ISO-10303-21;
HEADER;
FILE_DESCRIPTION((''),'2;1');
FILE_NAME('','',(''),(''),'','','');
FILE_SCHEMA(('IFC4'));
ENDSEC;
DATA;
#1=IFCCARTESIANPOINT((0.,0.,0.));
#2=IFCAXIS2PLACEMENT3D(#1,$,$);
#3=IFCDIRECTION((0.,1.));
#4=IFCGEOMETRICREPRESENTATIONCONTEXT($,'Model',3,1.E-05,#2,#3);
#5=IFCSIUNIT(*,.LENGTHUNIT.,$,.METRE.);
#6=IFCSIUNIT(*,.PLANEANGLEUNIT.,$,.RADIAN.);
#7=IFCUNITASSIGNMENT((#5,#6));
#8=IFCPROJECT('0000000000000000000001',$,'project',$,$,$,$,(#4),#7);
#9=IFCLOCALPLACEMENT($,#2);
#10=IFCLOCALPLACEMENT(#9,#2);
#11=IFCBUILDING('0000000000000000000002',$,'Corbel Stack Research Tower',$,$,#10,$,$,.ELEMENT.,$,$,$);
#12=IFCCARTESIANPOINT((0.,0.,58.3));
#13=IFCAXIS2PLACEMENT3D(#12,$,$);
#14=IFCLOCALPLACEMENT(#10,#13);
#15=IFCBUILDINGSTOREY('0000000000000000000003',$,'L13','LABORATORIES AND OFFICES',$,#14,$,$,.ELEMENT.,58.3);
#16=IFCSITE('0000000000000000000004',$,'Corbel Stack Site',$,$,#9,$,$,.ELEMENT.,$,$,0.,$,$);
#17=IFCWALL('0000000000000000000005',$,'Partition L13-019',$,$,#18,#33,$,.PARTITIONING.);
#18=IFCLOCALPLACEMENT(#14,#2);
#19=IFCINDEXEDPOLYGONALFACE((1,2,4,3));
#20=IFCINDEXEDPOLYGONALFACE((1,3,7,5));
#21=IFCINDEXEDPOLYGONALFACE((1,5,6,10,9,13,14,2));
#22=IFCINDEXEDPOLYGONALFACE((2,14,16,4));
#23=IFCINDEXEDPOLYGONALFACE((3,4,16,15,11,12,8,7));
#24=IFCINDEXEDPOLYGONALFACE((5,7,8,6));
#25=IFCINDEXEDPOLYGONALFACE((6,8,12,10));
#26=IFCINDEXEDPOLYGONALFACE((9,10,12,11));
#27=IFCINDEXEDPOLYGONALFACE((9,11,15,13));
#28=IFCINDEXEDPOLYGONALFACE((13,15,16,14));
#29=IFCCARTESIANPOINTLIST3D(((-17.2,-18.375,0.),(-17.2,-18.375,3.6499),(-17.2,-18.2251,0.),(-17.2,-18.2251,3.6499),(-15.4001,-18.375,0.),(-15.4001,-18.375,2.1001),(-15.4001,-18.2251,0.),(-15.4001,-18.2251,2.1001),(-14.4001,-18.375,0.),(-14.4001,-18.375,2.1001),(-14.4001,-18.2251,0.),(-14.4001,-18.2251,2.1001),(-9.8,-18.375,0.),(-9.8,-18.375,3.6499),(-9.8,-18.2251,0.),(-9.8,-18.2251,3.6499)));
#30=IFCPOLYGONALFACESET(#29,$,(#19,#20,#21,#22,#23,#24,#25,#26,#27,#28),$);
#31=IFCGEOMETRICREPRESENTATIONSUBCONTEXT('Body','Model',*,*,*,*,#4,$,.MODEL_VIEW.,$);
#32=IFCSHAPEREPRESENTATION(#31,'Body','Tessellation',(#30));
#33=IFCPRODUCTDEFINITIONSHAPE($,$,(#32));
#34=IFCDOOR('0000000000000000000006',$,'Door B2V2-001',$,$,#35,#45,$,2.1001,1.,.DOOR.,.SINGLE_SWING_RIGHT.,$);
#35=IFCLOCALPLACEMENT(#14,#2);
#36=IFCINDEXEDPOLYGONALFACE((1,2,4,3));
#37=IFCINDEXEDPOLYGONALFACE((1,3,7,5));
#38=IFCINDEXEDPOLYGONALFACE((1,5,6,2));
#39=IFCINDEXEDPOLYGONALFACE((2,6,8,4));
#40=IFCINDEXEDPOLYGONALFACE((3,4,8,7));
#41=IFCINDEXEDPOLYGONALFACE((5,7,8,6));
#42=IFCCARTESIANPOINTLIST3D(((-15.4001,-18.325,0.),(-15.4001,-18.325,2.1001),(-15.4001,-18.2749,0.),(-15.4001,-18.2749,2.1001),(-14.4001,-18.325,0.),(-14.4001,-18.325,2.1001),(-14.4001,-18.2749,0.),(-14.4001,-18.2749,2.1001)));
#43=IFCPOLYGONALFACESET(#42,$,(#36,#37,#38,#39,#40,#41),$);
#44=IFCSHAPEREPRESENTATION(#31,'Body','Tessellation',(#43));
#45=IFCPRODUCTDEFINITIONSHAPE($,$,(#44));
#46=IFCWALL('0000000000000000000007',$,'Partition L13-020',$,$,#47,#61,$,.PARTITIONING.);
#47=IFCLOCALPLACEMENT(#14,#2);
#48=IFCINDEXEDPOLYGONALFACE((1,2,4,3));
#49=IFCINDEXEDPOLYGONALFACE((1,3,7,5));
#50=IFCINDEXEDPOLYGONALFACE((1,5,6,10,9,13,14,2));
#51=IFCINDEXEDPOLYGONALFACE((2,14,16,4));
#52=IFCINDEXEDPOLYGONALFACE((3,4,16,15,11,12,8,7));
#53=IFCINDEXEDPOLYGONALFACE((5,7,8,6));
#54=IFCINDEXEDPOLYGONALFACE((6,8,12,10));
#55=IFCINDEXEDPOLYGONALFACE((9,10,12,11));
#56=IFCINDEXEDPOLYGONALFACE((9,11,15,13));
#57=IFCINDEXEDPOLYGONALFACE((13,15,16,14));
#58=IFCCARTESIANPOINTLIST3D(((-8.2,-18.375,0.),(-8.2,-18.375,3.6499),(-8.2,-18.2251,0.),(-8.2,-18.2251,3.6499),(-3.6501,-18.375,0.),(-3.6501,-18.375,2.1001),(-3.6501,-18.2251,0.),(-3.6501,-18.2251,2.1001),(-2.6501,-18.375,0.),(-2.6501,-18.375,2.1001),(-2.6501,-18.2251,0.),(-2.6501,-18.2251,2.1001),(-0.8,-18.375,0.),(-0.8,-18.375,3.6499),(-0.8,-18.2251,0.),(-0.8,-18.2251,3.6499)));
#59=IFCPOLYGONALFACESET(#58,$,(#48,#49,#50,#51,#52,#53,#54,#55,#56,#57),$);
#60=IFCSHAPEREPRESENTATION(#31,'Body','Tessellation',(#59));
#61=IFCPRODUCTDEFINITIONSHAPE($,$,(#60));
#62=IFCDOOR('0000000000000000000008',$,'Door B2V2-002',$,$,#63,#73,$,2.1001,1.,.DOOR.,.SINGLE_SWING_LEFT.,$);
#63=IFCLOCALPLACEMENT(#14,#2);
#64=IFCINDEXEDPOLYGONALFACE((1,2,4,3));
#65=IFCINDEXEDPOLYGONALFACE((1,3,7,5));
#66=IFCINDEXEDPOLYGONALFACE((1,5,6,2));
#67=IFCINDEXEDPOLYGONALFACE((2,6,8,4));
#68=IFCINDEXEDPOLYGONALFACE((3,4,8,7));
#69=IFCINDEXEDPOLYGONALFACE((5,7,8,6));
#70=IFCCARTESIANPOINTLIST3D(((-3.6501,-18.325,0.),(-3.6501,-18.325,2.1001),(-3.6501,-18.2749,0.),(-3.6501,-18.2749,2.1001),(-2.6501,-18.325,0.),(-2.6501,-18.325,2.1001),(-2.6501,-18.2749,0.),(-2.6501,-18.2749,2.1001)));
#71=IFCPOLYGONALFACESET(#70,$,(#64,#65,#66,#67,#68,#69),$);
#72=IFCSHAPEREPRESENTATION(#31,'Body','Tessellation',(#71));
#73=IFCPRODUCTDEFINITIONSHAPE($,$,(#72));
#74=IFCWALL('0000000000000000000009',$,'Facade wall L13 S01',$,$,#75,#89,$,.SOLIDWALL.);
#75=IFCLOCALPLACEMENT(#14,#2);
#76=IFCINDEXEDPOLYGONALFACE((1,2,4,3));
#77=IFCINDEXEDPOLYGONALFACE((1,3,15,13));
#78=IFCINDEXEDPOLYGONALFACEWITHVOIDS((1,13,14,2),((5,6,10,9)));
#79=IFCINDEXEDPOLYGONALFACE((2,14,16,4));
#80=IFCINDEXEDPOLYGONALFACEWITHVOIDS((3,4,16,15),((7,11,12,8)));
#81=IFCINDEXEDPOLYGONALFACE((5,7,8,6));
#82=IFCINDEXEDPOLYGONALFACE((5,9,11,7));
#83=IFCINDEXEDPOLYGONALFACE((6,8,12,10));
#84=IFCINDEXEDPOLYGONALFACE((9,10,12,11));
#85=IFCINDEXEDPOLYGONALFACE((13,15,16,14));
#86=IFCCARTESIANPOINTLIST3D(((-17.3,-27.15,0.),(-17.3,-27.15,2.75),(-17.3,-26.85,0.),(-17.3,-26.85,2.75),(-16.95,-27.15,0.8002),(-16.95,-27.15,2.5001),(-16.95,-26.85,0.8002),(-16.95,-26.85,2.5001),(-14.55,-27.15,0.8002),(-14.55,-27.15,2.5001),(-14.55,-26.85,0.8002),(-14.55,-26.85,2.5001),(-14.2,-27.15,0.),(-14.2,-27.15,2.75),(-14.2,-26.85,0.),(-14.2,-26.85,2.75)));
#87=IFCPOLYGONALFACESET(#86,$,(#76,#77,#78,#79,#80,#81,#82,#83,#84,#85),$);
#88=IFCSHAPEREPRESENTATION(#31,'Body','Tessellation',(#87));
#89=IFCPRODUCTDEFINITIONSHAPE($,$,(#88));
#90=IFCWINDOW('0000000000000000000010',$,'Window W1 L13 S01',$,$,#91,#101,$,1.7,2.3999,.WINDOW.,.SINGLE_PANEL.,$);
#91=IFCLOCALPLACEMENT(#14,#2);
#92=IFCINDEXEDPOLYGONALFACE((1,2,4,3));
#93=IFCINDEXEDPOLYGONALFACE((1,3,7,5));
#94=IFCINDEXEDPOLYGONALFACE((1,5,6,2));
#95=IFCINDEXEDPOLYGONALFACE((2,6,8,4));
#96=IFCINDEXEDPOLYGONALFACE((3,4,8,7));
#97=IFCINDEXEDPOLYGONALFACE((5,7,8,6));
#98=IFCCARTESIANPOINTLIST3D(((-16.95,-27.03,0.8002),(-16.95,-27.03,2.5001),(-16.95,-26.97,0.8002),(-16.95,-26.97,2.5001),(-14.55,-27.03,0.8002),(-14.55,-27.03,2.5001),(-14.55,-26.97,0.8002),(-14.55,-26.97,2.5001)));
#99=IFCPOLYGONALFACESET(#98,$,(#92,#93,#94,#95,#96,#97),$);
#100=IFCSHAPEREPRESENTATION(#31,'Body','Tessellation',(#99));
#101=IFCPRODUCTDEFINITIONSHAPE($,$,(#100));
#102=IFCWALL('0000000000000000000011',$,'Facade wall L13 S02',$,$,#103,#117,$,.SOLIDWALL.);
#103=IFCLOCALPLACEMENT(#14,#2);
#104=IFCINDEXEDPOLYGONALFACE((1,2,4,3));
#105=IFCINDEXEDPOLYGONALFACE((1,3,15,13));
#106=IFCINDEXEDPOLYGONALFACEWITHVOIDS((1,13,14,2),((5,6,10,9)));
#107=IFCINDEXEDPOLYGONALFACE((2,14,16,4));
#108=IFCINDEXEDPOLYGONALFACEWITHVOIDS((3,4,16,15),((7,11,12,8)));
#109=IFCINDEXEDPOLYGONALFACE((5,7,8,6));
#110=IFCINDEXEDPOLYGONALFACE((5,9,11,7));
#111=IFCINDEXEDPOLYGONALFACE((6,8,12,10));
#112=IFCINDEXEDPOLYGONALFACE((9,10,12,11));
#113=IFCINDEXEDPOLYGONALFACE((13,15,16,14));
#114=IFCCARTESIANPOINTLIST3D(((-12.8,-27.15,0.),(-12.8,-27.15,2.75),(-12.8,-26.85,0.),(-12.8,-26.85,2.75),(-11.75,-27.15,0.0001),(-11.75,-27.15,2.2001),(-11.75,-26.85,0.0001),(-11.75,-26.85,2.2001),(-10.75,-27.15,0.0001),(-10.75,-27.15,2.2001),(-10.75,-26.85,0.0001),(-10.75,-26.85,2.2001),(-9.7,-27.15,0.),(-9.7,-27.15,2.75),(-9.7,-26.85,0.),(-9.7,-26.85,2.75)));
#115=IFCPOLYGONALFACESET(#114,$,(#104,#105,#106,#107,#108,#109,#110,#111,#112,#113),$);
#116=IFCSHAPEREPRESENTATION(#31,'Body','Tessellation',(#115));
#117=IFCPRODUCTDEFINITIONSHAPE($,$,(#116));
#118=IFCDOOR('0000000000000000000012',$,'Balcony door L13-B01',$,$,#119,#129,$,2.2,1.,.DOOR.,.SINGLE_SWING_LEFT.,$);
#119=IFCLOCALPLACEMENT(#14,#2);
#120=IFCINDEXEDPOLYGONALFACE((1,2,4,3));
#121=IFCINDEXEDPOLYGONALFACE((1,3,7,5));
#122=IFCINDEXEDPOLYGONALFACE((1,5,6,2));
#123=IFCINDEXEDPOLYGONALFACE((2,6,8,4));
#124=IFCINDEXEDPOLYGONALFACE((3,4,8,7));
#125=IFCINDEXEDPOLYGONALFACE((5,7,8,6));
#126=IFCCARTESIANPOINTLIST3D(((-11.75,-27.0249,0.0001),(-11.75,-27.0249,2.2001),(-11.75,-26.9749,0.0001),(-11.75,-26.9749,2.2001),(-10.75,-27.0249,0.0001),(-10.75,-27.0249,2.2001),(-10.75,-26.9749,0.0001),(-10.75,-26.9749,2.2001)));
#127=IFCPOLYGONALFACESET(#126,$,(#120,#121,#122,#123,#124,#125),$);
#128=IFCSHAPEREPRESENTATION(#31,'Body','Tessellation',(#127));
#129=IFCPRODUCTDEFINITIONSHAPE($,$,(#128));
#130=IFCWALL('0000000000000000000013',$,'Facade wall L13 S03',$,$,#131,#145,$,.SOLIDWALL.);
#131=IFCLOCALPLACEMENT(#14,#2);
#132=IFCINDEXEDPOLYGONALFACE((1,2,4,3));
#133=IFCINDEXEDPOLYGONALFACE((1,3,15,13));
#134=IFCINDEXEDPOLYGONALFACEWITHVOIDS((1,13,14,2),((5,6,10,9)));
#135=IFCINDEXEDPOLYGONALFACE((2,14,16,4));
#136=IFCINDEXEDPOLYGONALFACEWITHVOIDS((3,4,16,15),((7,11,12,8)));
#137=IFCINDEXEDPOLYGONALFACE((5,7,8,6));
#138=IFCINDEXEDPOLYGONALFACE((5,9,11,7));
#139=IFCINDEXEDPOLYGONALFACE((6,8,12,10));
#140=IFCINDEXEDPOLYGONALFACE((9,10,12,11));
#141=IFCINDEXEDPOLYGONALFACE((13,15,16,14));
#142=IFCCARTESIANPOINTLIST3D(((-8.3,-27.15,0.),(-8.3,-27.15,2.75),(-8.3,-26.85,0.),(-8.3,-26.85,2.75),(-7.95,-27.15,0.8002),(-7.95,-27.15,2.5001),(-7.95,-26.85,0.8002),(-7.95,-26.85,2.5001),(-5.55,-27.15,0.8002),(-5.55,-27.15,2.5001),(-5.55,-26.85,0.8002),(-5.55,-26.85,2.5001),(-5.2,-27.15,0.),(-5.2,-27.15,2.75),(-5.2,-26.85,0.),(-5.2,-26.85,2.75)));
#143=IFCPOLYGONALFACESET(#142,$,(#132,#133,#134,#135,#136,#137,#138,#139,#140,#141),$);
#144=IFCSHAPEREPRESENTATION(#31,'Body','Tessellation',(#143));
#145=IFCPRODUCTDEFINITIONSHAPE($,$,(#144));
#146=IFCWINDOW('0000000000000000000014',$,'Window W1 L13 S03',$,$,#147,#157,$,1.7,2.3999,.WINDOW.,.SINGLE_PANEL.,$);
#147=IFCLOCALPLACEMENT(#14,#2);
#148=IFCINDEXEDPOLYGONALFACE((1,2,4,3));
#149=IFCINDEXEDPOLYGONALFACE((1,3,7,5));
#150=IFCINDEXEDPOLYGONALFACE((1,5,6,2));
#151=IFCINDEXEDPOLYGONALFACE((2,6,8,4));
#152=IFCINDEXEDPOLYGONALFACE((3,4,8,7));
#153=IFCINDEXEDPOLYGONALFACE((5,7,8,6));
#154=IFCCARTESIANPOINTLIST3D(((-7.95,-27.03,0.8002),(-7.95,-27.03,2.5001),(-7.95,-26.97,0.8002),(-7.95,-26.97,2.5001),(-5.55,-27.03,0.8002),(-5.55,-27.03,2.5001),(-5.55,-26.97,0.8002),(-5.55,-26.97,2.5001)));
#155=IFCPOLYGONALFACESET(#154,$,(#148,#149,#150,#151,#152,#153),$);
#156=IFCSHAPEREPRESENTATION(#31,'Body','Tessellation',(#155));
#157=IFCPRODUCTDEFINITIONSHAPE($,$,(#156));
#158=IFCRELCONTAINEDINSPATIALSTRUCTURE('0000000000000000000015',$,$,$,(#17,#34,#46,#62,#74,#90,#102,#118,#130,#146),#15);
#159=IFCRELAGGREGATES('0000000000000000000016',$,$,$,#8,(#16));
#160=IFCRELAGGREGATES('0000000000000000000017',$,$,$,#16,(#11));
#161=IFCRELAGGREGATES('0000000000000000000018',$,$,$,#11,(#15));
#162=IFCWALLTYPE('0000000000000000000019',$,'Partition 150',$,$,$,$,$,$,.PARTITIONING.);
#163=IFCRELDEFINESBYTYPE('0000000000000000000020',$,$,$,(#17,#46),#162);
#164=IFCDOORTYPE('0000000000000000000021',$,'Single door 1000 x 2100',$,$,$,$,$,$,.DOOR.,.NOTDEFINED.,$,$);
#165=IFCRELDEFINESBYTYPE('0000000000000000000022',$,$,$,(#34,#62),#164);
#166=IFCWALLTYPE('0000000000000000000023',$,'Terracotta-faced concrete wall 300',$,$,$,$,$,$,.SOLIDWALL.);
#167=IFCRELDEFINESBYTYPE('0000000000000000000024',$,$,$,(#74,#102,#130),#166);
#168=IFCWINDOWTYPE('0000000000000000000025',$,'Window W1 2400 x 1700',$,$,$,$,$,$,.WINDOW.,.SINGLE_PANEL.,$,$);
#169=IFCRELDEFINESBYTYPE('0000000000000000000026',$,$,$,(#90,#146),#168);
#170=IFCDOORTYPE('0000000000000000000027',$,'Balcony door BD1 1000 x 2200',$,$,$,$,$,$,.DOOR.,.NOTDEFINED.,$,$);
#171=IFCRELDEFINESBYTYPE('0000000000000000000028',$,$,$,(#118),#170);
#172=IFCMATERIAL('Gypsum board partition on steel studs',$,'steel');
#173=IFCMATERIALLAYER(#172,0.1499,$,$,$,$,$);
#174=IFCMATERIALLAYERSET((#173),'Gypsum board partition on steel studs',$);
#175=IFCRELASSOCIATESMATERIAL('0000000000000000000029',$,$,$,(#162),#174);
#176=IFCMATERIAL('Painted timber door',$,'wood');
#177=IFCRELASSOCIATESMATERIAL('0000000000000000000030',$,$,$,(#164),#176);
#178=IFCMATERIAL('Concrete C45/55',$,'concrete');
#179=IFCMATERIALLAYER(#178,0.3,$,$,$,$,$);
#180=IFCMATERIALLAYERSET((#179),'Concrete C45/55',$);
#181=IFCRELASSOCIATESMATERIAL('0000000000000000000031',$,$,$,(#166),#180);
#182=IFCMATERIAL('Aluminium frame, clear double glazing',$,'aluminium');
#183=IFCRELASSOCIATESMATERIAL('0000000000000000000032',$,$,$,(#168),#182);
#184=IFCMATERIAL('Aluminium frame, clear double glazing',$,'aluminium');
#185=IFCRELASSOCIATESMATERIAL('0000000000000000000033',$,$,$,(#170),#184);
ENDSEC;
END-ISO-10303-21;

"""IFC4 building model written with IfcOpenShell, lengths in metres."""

from ifc_helpers import new_model, si_unit, direction, frame, frame_2d, origin, place, context, subcontext, project, spatial, rectangle, extrude, material, layer, layer_set, type_object, element, fill, save


model = new_model("IFC4")

# Units and contexts
model_context = context("Model", 3, precision=1e-05, world=origin(), true_north=direction((0.0, 1.0)))
body_context = subcontext(model_context, "Body", "Model", "MODEL_VIEW")
ifc_project = project(units=[si_unit("LENGTHUNIT", "METRE"), si_unit("PLANEANGLEUNIT", "RADIAN")], contexts=[model_context])

# Site, building, storey
site_placement = place(None, origin())
site = spatial("IfcSite", under=ifc_project, at=site_placement, Name="Corbel Stack Site", CompositionType="ELEMENT", RefElevation=0.0)
building_placement = place(site_placement, origin())
building = spatial("IfcBuilding", under=site, at=building_placement, Name="Corbel Stack Research Tower", CompositionType="ELEMENT")
storey_placement = place(building_placement, frame((0.0, 0.0, 58.3)))
storey = spatial("IfcBuildingStorey", under=building, at=storey_placement, Name="L13", Description="LABORATORIES AND OFFICES", CompositionType="ELEMENT", Elevation=58.3)

# Walls, openings, doors
ifc_material_1 = material(Name="Gypsum board partition on steel studs", Category="steel")
ifc_layer_1 = layer(ifc_material_1, 0.1499)
ifc_layer_set_1 = layer_set([ifc_layer_1], Name="Gypsum board partition on steel studs")
wall_type_1 = type_object("IfcWallType", Name="Partition 150", PredefinedType="PARTITIONING", material=ifc_layer_set_1)
wall_1_placement = place(storey_placement, frame((-9.8, -18.3, 0.0), z_axis=(0.0, 0.0, 1.0), x_axis=(-1.0, 0.0, 0.0)))
wall_1 = element("IfcWall", 1, at=wall_1_placement, inside=storey, type_object=wall_type_1, Name="Partition L13-019", PredefinedType="PARTITIONING", context=body_context, shape_type="SweptSolid", body=[
    extrude(rectangle(XDim=7.3999, YDim=0.1499, at=frame_2d((3.7, 0.0))), origin(), (0.0, 0.0, 1.0), 3.6499),
])
opening_1_placement = place(wall_1_placement, frame((4.6001, 0.0, 0.0)))
opening_1 = element("IfcOpeningElement", 2, at=opening_1_placement, cuts=wall_1, PredefinedType="OPENING", context=body_context, shape_type="SweptSolid", body=[
    extrude(rectangle(XDim=1.0, YDim=2.1001, at=frame_2d((0.5, 1.05))), frame((0.0, 0.085, 0.0), z_axis=(0.0, -1.0, 0.0), x_axis=(1.0, 0.0, 0.0)), (0.0, 0.0, 1.0), 0.1699),
])
ifc_material_2 = material(Name="Painted timber door", Category="wood")
door_type_1 = type_object("IfcDoorType", Name="Single door 1000 x 2100", OperationType="NOTDEFINED", PredefinedType="DOOR", material=ifc_material_2)
door_1_placement = place(opening_1_placement, origin())
door_1 = element("IfcDoor", 3, at=door_1_placement, inside=storey, type_object=door_type_1, Name="Door B2V2-001", OperationType="SINGLE_SWING_RIGHT", OverallHeight=2.1001, OverallWidth=1.0, PredefinedType="DOOR", context=body_context, shape_type="SweptSolid", body=[
    extrude(rectangle(XDim=1.0, YDim=2.1001, at=frame_2d((0.5, 1.05))), frame((0.0, 0.0249, 0.0), z_axis=(0.0, -1.0, 0.0), x_axis=(1.0, 0.0, 0.0)), (0.0, 0.0, 1.0), 0.05),
])
fill(opening_1, door_1)
wall_2_placement = place(storey_placement, frame((-0.8, -18.3, 0.0), z_axis=(0.0, 0.0, 1.0), x_axis=(-1.0, 0.0, 0.0)))
wall_2 = element("IfcWall", 4, at=wall_2_placement, inside=storey, type_object=wall_type_1, Name="Partition L13-020", PredefinedType="PARTITIONING", context=body_context, shape_type="SweptSolid", body=[
    extrude(rectangle(XDim=7.3999, YDim=0.1499, at=frame_2d((3.7, 0.0))), origin(), (0.0, 0.0, 1.0), 3.6499),
])
opening_2_placement = place(wall_2_placement, frame((1.8501, 0.0, 0.0)))
opening_2 = element("IfcOpeningElement", 5, at=opening_2_placement, cuts=wall_2, PredefinedType="OPENING", context=body_context, shape_type="SweptSolid", body=[
    extrude(rectangle(XDim=1.0, YDim=2.1001, at=frame_2d((0.5, 1.05))), frame((0.0, 0.085, 0.0), z_axis=(0.0, -1.0, 0.0), x_axis=(1.0, 0.0, 0.0)), (0.0, 0.0, 1.0), 0.1699),
])
door_2_placement = place(opening_2_placement, origin())
door_2 = element("IfcDoor", 6, at=door_2_placement, inside=storey, type_object=door_type_1, Name="Door B2V2-002", OperationType="SINGLE_SWING_LEFT", OverallHeight=2.1001, OverallWidth=1.0, PredefinedType="DOOR", context=body_context, shape_type="SweptSolid", body=[
    extrude(rectangle(XDim=1.0, YDim=2.1001, at=frame_2d((0.5, 1.05))), frame((0.0, 0.0249, 0.0), z_axis=(0.0, -1.0, 0.0), x_axis=(1.0, 0.0, 0.0)), (0.0, 0.0, 1.0), 0.05),
])
fill(opening_2, door_2)

# Wall, opening, window
ifc_material_3 = material(Name="Concrete C45/55", Category="concrete")
ifc_layer_2 = layer(ifc_material_3, 0.3)
ifc_layer_set_2 = layer_set([ifc_layer_2], Name="Concrete C45/55")
wall_type_2 = type_object("IfcWallType", Name="Terracotta-faced concrete wall 300", PredefinedType="SOLIDWALL", material=ifc_layer_set_2)
wall_3_placement = place(storey_placement, frame((-14.2, -27.0, 0.0), z_axis=(0.0, 0.0, 1.0), x_axis=(-1.0, 0.0, 0.0)))
wall_3 = element("IfcWall", 7, at=wall_3_placement, inside=storey, type_object=wall_type_2, Name="Facade wall L13 S01", PredefinedType="SOLIDWALL", context=body_context, shape_type="SweptSolid", body=[
    extrude(rectangle(XDim=3.1001, YDim=0.3, at=frame_2d((1.55, 0.0))), origin(), (0.0, 0.0, 1.0), 2.75),
])
opening_3_placement = place(wall_3_placement, frame((0.3501, 0.0, 0.8)))
opening_3 = element("IfcOpeningElement", 8, at=opening_3_placement, cuts=wall_3, PredefinedType="OPENING", context=body_context, shape_type="SweptSolid", body=[
    extrude(rectangle(XDim=2.3999, YDim=1.7, at=frame_2d((1.2, 0.8501))), frame((0.0, 0.1599, 0.0), z_axis=(0.0, -1.0, 0.0), x_axis=(1.0, 0.0, 0.0)), (0.0, 0.0, 1.0), 0.3201),
])
ifc_material_4 = material(Name="Aluminium frame, clear double glazing", Category="aluminium")
window_type = type_object("IfcWindowType", Name="Window W1 2400 x 1700", PartitioningType="SINGLE_PANEL", PredefinedType="WINDOW", material=ifc_material_4)
window_1_placement = place(opening_3_placement, origin())
window_1 = element("IfcWindow", 9, at=window_1_placement, inside=storey, type_object=window_type, Name="Window W1 L13 S01", OverallHeight=1.7, OverallWidth=2.3999, PartitioningType="SINGLE_PANEL", PredefinedType="WINDOW", context=body_context, shape_type="SweptSolid", body=[
    extrude(rectangle(XDim=2.3999, YDim=1.7, at=frame_2d((1.2, 0.8501))), frame((0.0, 0.03, 0.0), z_axis=(0.0, -1.0, 0.0), x_axis=(1.0, 0.0, 0.0)), (0.0, 0.0, 1.0), 0.0601),
])
fill(opening_3, window_1)

# Wall, opening, door
wall_4_placement = place(storey_placement, frame((-9.7, -27.0, 0.0), z_axis=(0.0, 0.0, 1.0), x_axis=(-1.0, 0.0, 0.0)))
wall_4 = element("IfcWall", 10, at=wall_4_placement, inside=storey, type_object=wall_type_2, Name="Facade wall L13 S02", PredefinedType="SOLIDWALL", context=body_context, shape_type="SweptSolid", body=[
    extrude(rectangle(XDim=3.1001, YDim=0.3, at=frame_2d((1.55, 0.0))), origin(), (0.0, 0.0, 1.0), 2.75),
])
opening_4_placement = place(wall_4_placement, frame((1.05, 0.0, 0.0)))
opening_4 = element("IfcOpeningElement", 11, at=opening_4_placement, cuts=wall_4, PredefinedType="OPENING", context=body_context, shape_type="SweptSolid", body=[
    extrude(rectangle(XDim=1.0, YDim=2.2, at=frame_2d((0.5, 1.1001))), frame((0.0, 0.1599, 0.0), z_axis=(0.0, -1.0, 0.0), x_axis=(1.0, 0.0, 0.0)), (0.0, 0.0, 1.0), 0.3201),
])
ifc_material_5 = material(Name="Aluminium frame, clear double glazing", Category="aluminium")
door_type_2 = type_object("IfcDoorType", Name="Balcony door BD1 1000 x 2200", OperationType="NOTDEFINED", PredefinedType="DOOR", material=ifc_material_5)
door_3_placement = place(opening_4_placement, origin())
door_3 = element("IfcDoor", 12, at=door_3_placement, inside=storey, type_object=door_type_2, Name="Balcony door L13-B01", OperationType="SINGLE_SWING_LEFT", OverallHeight=2.2, OverallWidth=1.0, PredefinedType="DOOR", context=body_context, shape_type="SweptSolid", body=[
    extrude(rectangle(XDim=1.0, YDim=2.2, at=frame_2d((0.5, 1.1001))), frame((0.0, 0.0249, 0.0), z_axis=(0.0, -1.0, 0.0), x_axis=(1.0, 0.0, 0.0)), (0.0, 0.0, 1.0), 0.05),
])
fill(opening_4, door_3)

# Wall, opening, window
wall_5_placement = place(storey_placement, frame((-5.2, -27.0, 0.0), z_axis=(0.0, 0.0, 1.0), x_axis=(-1.0, 0.0, 0.0)))
wall_5 = element("IfcWall", 13, at=wall_5_placement, inside=storey, type_object=wall_type_2, Name="Facade wall L13 S03", PredefinedType="SOLIDWALL", context=body_context, shape_type="SweptSolid", body=[
    extrude(rectangle(XDim=3.1001, YDim=0.3, at=frame_2d((1.55, 0.0))), origin(), (0.0, 0.0, 1.0), 2.75),
])
opening_5_placement = place(wall_5_placement, frame((0.3501, 0.0, 0.8)))
opening_5 = element("IfcOpeningElement", 14, at=opening_5_placement, cuts=wall_5, PredefinedType="OPENING", context=body_context, shape_type="SweptSolid", body=[
    extrude(rectangle(XDim=2.3999, YDim=1.7, at=frame_2d((1.2, 0.8501))), frame((0.0, 0.1599, 0.0), z_axis=(0.0, -1.0, 0.0), x_axis=(1.0, 0.0, 0.0)), (0.0, 0.0, 1.0), 0.3201),
])
window_2_placement = place(opening_5_placement, origin())
window_2 = element("IfcWindow", 15, at=window_2_placement, inside=storey, type_object=window_type, Name="Window W1 L13 S03", OverallHeight=1.7, OverallWidth=2.3999, PartitioningType="SINGLE_PANEL", PredefinedType="WINDOW", context=body_context, shape_type="SweptSolid", body=[
    extrude(rectangle(XDim=2.3999, YDim=1.7, at=frame_2d((1.2, 0.8501))), frame((0.0, 0.03, 0.0), z_axis=(0.0, -1.0, 0.0), x_axis=(1.0, 0.0, 0.0)), (0.0, 0.0, 1.0), 0.0601),
])
fill(opening_5, window_2)

save(model, "model.ifc")
